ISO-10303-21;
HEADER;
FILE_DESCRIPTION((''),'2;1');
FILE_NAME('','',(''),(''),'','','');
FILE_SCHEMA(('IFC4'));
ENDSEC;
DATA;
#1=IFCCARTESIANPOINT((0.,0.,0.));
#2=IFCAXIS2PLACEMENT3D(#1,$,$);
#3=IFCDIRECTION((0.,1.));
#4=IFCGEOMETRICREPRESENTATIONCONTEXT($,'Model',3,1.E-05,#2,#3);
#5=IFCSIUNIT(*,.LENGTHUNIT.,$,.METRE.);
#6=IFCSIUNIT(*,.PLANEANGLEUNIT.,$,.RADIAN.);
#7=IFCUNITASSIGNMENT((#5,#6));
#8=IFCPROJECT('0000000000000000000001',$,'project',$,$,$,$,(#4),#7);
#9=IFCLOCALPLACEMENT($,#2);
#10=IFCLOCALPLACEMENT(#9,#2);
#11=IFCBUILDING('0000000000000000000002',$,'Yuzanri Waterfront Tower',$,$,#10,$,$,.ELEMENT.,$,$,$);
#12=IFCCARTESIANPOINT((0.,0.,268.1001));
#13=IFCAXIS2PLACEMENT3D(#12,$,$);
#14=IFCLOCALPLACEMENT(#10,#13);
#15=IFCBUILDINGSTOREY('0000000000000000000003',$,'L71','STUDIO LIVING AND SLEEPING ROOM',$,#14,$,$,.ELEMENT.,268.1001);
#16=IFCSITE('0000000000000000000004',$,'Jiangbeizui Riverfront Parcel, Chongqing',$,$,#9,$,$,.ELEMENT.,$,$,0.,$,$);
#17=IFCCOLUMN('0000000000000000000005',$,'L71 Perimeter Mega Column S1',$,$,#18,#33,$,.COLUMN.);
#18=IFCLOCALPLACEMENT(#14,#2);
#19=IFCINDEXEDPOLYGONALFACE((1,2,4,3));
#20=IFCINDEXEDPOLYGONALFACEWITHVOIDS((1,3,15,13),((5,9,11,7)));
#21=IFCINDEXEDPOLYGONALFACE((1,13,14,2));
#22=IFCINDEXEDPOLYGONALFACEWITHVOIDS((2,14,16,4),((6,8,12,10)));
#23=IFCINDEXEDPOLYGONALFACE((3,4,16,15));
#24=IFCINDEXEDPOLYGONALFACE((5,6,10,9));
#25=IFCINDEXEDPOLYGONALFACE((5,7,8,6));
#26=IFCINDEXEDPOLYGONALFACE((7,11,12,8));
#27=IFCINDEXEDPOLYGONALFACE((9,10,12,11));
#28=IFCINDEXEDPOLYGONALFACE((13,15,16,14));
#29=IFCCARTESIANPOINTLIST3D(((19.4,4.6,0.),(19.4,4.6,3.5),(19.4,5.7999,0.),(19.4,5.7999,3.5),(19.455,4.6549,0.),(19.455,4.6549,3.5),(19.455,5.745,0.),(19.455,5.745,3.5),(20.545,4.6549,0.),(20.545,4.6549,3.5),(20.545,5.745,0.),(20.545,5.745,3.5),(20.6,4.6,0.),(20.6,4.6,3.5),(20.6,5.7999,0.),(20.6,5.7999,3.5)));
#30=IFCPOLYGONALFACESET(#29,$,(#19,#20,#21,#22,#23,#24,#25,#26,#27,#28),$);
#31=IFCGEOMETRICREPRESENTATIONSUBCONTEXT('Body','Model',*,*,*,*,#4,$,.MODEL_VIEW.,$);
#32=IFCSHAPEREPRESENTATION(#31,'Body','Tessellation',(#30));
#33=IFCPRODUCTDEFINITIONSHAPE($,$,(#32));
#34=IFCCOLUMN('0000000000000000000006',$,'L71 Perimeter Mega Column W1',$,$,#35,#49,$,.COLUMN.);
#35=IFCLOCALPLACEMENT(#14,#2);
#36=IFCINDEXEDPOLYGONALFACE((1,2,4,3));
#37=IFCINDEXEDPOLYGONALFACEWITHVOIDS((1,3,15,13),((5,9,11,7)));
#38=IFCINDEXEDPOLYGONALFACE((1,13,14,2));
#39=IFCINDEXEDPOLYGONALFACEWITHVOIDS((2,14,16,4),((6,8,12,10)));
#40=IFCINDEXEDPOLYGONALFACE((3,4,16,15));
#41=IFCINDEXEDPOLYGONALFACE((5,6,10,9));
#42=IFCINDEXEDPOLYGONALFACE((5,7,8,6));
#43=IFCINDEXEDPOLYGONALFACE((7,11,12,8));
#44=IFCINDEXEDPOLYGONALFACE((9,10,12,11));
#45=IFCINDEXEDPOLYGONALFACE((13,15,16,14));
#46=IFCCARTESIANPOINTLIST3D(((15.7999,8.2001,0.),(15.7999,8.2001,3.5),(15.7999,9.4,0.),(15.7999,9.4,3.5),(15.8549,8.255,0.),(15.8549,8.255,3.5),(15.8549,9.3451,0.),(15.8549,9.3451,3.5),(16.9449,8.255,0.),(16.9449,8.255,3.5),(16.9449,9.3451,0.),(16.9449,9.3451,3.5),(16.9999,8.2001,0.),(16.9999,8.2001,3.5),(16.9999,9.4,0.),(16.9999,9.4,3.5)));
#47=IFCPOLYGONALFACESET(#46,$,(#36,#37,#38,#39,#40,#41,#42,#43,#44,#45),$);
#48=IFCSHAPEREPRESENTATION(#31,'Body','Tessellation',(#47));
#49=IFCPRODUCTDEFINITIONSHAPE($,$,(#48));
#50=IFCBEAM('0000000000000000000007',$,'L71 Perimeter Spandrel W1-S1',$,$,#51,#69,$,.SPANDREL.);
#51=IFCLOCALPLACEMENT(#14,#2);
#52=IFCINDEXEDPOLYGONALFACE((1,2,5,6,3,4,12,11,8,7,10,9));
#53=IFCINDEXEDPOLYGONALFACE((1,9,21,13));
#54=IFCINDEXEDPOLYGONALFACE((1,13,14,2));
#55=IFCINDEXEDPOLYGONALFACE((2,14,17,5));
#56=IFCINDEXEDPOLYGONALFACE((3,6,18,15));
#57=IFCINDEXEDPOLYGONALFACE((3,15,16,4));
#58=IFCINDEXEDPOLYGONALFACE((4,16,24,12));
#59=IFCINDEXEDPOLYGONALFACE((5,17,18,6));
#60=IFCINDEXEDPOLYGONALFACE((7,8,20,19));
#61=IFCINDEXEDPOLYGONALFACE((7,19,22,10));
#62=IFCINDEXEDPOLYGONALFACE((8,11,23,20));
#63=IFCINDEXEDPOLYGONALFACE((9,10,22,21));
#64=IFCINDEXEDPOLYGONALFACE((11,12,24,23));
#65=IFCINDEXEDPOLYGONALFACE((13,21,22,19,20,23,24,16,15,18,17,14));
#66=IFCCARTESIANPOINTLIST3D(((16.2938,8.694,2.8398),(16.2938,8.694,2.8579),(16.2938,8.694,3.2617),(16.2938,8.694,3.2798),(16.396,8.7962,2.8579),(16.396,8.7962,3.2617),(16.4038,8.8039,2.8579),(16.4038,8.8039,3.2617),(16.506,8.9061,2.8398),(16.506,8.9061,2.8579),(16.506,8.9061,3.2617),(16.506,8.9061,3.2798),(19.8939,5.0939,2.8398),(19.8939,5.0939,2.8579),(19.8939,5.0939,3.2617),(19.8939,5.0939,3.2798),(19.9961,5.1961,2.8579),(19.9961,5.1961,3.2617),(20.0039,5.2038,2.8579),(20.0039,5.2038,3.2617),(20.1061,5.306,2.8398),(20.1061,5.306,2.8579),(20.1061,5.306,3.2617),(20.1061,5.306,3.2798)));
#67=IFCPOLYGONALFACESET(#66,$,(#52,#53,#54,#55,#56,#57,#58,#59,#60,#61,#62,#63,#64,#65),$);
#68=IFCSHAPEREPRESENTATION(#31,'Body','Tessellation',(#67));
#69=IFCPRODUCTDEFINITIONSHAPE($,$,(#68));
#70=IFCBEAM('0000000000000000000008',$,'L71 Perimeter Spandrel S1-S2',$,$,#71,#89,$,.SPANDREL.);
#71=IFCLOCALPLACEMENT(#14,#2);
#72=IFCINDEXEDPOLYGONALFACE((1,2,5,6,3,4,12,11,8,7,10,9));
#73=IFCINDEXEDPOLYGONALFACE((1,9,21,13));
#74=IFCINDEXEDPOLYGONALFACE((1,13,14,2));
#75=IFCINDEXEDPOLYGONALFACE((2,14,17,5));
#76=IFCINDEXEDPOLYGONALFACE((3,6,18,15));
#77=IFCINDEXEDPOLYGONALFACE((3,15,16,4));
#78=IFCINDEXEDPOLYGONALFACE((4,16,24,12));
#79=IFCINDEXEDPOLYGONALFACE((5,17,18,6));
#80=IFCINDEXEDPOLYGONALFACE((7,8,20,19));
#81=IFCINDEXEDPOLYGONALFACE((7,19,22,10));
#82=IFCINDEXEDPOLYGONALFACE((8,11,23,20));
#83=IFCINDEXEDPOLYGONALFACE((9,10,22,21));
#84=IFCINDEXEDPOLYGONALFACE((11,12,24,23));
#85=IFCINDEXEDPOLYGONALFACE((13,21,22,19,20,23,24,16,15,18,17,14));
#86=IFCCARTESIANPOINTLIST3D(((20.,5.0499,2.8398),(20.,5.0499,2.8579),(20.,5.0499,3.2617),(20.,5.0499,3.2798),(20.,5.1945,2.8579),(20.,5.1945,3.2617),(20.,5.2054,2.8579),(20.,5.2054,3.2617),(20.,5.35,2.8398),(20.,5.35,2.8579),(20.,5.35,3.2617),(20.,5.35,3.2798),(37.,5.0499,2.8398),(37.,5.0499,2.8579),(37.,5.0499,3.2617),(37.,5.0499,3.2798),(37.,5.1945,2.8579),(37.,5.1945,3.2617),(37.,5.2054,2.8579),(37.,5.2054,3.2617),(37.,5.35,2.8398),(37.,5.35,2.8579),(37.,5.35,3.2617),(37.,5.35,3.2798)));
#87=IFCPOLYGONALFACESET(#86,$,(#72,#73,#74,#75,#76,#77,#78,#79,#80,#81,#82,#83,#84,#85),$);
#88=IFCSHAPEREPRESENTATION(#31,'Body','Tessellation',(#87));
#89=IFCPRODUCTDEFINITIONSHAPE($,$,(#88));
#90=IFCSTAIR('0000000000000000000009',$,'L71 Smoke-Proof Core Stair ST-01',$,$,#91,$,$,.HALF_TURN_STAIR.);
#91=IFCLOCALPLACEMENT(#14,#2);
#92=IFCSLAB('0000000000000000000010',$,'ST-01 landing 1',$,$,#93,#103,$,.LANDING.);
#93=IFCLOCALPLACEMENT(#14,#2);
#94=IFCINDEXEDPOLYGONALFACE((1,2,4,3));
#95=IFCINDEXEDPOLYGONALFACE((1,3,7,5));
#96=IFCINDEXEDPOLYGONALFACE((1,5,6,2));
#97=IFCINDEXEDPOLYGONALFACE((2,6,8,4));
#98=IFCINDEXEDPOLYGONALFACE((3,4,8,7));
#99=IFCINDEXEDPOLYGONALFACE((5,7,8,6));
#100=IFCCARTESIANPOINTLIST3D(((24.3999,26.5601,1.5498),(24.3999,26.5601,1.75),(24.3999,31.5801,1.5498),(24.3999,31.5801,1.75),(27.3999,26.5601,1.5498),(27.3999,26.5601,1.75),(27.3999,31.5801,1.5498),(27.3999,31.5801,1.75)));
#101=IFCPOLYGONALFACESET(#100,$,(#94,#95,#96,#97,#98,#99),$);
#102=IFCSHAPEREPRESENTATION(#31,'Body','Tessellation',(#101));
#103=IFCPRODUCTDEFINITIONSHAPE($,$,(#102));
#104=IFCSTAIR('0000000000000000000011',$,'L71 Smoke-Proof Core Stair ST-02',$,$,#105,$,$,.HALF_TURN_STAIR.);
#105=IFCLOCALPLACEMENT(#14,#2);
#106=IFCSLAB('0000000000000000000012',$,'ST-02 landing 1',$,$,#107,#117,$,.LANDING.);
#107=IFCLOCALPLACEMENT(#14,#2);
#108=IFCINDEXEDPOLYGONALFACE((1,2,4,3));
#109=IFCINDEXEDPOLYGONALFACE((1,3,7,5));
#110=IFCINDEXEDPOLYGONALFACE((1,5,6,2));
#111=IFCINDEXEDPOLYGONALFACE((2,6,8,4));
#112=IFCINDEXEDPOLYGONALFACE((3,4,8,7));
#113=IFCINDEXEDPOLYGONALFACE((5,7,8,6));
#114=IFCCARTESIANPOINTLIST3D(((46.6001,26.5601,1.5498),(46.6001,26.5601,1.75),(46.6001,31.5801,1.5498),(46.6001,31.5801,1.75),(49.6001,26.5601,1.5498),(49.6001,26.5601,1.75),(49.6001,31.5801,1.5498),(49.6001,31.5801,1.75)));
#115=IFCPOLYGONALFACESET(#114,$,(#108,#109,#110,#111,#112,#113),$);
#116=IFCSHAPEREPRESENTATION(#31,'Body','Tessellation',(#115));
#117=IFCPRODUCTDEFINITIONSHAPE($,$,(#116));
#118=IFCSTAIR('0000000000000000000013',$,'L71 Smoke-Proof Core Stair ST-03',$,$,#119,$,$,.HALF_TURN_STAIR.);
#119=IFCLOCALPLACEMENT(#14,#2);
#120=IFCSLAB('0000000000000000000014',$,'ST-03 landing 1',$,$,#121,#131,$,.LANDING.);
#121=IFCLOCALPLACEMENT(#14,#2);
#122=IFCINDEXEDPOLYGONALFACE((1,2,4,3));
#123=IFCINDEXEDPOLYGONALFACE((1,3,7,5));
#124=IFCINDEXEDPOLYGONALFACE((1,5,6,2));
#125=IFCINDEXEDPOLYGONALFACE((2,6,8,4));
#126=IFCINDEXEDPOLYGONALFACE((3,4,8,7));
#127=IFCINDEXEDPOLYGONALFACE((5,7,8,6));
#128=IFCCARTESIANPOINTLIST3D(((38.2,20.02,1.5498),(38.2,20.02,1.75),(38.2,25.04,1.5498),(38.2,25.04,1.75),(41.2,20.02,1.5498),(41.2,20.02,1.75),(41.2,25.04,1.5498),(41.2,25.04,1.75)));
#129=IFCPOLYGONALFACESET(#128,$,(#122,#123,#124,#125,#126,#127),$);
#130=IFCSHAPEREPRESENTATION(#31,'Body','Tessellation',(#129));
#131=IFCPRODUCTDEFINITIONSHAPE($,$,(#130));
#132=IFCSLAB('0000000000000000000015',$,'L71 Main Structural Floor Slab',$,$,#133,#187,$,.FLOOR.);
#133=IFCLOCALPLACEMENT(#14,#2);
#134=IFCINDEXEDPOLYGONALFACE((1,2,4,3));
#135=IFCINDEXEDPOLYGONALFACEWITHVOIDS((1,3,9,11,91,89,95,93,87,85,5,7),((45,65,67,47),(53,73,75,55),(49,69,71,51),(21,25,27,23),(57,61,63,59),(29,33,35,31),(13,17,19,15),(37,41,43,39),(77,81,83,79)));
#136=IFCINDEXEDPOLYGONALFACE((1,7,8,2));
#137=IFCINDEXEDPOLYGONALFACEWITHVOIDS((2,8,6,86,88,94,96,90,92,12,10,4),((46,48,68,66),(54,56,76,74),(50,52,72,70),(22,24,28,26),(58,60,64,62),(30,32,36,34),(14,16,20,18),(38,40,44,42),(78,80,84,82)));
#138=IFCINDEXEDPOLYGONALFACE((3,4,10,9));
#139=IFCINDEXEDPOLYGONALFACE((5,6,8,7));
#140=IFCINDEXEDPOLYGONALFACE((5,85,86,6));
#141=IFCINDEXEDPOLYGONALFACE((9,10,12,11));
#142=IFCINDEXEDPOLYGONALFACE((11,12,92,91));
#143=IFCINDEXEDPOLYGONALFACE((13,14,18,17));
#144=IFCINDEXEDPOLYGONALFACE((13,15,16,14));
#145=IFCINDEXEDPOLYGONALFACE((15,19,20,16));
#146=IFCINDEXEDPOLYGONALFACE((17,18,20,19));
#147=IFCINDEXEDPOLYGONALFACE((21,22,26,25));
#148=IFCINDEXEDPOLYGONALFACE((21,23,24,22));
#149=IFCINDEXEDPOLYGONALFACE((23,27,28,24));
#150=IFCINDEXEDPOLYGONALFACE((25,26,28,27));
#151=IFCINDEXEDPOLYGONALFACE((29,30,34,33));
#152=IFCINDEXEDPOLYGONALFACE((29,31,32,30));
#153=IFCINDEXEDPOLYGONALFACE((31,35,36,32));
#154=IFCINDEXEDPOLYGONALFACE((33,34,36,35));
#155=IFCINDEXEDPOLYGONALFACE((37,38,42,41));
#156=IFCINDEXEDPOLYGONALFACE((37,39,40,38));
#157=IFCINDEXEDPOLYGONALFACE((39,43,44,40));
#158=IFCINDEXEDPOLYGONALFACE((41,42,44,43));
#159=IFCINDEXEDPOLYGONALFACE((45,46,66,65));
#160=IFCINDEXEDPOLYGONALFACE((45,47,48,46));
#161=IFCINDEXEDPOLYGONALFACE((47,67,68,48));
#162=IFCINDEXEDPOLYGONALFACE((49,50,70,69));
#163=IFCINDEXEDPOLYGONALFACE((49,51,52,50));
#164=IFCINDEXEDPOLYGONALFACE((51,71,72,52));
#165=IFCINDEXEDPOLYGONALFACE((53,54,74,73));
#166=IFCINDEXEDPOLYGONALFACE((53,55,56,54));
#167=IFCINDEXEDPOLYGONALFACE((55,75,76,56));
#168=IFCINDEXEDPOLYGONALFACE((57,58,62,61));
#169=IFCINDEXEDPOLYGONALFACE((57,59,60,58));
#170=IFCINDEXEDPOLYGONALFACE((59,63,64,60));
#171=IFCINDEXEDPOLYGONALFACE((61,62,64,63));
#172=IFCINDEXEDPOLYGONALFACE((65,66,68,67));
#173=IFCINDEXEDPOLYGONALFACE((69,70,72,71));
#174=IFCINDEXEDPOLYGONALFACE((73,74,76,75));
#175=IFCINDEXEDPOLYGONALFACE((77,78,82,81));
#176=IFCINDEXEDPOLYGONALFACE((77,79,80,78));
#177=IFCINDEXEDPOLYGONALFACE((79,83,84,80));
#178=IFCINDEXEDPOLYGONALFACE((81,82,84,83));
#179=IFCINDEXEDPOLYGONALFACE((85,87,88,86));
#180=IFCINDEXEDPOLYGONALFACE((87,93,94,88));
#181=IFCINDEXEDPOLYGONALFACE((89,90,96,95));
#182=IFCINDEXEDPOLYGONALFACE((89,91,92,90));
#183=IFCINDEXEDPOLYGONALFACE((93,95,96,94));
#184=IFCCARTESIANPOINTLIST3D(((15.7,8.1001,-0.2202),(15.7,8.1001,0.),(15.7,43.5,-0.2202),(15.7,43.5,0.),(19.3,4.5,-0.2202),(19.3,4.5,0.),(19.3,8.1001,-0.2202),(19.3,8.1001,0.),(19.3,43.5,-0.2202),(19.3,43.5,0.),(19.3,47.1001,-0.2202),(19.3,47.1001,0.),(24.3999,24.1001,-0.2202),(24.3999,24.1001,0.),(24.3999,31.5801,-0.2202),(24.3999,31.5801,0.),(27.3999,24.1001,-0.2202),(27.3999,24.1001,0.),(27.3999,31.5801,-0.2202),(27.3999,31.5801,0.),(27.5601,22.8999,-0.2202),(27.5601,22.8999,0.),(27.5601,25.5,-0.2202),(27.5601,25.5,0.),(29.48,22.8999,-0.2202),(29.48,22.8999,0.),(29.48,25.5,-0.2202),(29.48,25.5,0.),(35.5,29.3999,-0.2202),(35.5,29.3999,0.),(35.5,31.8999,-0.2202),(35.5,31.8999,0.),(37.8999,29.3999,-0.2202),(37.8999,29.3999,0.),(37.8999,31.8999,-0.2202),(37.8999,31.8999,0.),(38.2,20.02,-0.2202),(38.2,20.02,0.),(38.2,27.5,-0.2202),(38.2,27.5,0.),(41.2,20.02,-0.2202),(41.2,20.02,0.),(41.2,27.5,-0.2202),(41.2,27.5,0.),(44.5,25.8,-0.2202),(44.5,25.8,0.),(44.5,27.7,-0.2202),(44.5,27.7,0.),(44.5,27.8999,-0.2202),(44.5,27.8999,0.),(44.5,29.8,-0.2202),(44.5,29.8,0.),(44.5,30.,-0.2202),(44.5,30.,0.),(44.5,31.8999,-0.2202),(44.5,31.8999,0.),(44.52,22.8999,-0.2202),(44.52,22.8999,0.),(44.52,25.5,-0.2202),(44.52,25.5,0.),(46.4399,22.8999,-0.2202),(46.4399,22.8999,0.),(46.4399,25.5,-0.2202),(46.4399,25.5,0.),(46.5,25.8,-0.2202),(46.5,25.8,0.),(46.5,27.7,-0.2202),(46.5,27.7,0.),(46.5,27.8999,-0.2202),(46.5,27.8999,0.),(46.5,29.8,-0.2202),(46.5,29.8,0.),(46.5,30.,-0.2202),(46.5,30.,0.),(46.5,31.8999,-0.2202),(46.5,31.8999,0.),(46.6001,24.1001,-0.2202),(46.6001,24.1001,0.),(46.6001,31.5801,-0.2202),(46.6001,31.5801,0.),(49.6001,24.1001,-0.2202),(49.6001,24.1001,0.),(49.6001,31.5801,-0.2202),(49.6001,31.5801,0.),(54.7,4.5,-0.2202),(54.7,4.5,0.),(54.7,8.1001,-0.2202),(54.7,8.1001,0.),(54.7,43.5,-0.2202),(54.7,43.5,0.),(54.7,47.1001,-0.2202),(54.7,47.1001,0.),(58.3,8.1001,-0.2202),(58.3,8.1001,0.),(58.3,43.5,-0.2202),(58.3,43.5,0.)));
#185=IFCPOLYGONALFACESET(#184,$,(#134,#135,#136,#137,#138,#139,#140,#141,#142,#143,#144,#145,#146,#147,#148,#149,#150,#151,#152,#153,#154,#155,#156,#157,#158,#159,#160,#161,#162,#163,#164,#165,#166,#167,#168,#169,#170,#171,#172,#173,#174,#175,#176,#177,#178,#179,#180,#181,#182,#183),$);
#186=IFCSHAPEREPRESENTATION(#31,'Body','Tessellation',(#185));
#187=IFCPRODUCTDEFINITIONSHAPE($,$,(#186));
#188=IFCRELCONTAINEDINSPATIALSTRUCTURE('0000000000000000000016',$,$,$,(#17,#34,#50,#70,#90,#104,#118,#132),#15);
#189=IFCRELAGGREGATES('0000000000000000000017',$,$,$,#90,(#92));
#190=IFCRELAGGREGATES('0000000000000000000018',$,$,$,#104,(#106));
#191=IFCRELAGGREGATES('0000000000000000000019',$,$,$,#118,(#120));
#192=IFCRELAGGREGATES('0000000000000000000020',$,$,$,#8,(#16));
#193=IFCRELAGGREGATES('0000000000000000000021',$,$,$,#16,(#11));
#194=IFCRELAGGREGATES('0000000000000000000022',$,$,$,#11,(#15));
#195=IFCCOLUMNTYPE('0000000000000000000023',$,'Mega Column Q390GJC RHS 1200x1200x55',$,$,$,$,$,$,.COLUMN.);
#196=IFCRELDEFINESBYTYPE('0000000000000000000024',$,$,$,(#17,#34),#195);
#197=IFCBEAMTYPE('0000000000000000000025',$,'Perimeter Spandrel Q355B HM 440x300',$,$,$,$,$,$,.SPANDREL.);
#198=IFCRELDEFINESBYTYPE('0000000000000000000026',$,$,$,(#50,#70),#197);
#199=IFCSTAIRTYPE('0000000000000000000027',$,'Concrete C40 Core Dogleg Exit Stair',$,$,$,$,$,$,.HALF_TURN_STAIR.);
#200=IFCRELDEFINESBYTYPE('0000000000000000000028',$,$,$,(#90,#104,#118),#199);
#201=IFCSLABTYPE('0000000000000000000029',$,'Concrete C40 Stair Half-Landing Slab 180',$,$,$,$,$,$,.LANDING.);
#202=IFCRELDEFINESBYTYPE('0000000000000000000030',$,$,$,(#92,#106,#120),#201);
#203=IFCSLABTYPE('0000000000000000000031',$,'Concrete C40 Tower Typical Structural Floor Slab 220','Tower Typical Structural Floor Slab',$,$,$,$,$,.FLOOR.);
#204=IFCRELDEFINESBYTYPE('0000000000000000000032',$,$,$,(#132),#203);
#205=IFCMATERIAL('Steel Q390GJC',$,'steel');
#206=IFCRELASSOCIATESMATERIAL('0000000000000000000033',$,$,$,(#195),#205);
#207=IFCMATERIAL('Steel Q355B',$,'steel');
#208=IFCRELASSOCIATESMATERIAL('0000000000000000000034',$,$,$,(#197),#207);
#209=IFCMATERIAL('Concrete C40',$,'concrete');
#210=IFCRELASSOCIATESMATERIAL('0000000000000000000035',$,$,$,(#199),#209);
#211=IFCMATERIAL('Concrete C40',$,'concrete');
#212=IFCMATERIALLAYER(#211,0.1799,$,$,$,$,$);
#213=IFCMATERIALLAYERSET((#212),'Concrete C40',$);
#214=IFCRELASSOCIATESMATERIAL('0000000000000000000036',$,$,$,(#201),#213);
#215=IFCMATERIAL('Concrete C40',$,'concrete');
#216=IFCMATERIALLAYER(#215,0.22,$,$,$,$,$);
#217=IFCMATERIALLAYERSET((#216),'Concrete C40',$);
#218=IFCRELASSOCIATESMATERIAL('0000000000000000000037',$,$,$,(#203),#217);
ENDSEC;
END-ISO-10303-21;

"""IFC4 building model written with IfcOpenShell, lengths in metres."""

from ifc_helpers import new_model, si_unit, direction, frame, origin, origin_2d, place, context, subcontext, project, spatial, polyline, hollow_rectangle, i_section, outline, extrude, source, transform, mapped, material, layer, layer_set, material_profile, profile_set, type_object, element, aggregate, save


model = new_model("IFC4")

# Units and contexts
model_context = context("Model", 3, precision=1e-05, world=origin(), true_north=direction((0.0, 1.0)))
body_context = subcontext(model_context, "Body", "Model", "MODEL_VIEW")
ifc_project = project(units=[si_unit("LENGTHUNIT", "METRE"), si_unit("PLANEANGLEUNIT", "RADIAN")], contexts=[model_context])

# Site, building, storey
site_placement = place(None, origin())
site = spatial("IfcSite", under=ifc_project, at=site_placement, Name="Jiangbeizui Riverfront Parcel, Chongqing", CompositionType="ELEMENT", RefElevation=0.0)
building_placement = place(site_placement, origin())
building = spatial("IfcBuilding", under=site, at=building_placement, Name="Yuzanri Waterfront Tower", CompositionType="ELEMENT")
storey_placement = place(building_placement, frame((0.0, 0.0, 268.1001)))
storey = spatial("IfcBuildingStorey", under=building, at=storey_placement, Name="L71", Description="STUDIO LIVING AND SLEEPING ROOM", CompositionType="ELEMENT", Elevation=268.1001)

# Columns
ifc_material_1 = material(Name="Steel Q390GJC", Category="steel")
ifc_material_profile_1 = material_profile(ifc_material_1, hollow_rectangle(XDim=1.2, YDim=1.2, WallThickness=0.0549, at=origin_2d()), Name="RHS 1200x1200x55")
ifc_profile_set_1 = profile_set([ifc_material_profile_1], Name="Steel Q390GJC")
column_type = type_object("IfcColumnType", Name="Mega Column Q390GJC RHS 1200x1200x55", PredefinedType="COLUMN", material=ifc_profile_set_1)
shared_shape_1 = source(origin(), body_context, "Body", "SweptSolid", [
    extrude(hollow_rectangle(XDim=1.2, YDim=1.2, WallThickness=0.0549, at=origin_2d()), origin(), (0.0, 0.0, 1.0), 3.5),
])
for number, where, z_axis, x_axis, name in (
    (1, (20.0, 5.2, 0.0), (0.0, 0.0, 1.0), (1.0, 0.0, 0.0), "L71 Perimeter Mega Column S1"),
    (2, (16.3999, 8.8, 0.0), (0.0, 0.0, 1.0), (1.0, 0.0, 0.0), "L71 Perimeter Mega Column W1"),
):
    element("IfcColumn", number, at=place(storey_placement, frame(where, z_axis=z_axis, x_axis=x_axis)), inside=storey, type_object=column_type, Name=name, PredefinedType="COLUMN", context=body_context, shape_type="MappedRepresentation", body=[
        mapped(shared_shape_1, transform((0.0, 0.0, 0.0), scale=1.0)),
    ])

# Beams
ifc_material_2 = material(Name="Steel Q355B", Category="steel")
ifc_material_profile_2 = material_profile(ifc_material_2, i_section(OverallWidth=0.3, OverallDepth=0.4399, WebThickness=0.011, FlangeThickness=0.0181, at=origin_2d()), Name="HM 440x300x11x18")
ifc_profile_set_2 = profile_set([ifc_material_profile_2], Name="Steel Q355B")
beam_type = type_object("IfcBeamType", Name="Perimeter Spandrel Q355B HM 440x300", PredefinedType="SPANDREL", material=ifc_profile_set_2)
shared_shape_2 = source(origin(), body_context, "Body", "SweptSolid", [
    extrude(i_section(OverallWidth=0.3, OverallDepth=0.4399, WebThickness=0.011, FlangeThickness=0.0181, at=origin_2d()), origin(), (0.0, 0.0, 1.0), 5.0913),
])
beam_1_placement = place(storey_placement, frame((16.3999, 8.8, 3.0598), z_axis=(0.707107, -0.707107, 0.0), x_axis=(0.707107, 0.707107, 0.0)))
element("IfcBeam", 3, at=beam_1_placement, inside=storey, type_object=beam_type, Name="L71 Perimeter Spandrel W1-S1", PredefinedType="SPANDREL", context=body_context, shape_type="MappedRepresentation", body=[
    mapped(shared_shape_2, transform((0.0, 0.0, 0.0), scale=1.0)),
])
shared_shape_3 = source(origin(), body_context, "Body", "SweptSolid", [
    extrude(i_section(OverallWidth=0.3, OverallDepth=0.4399, WebThickness=0.011, FlangeThickness=0.0181, at=origin_2d()), origin(), (0.0, 0.0, 1.0), 17.0),
])
beam_2_placement = place(storey_placement, frame((20.0, 5.2, 3.0598), z_axis=(1.0, 0.0, 0.0), x_axis=(0.0, 1.0, 0.0)))
element("IfcBeam", 4, at=beam_2_placement, inside=storey, type_object=beam_type, Name="L71 Perimeter Spandrel S1-S2", PredefinedType="SPANDREL", context=body_context, shape_type="MappedRepresentation", body=[
    mapped(shared_shape_3, transform((0.0, 0.0, 0.0), scale=1.0)),
])

# Stairs, slabs
ifc_material_3 = material(Name="Concrete C40", Category="concrete")
stair_type = type_object("IfcStairType", Name="Concrete C40 Core Dogleg Exit Stair", PredefinedType="HALF_TURN_STAIR", material=ifc_material_3)
stair_1_placement = place(storey_placement, origin())
stair_1 = element("IfcStair", 5, at=stair_1_placement, inside=storey, type_object=stair_type, Name="L71 Smoke-Proof Core Stair ST-01", PredefinedType="HALF_TURN_STAIR")
ifc_material_4 = material(Name="Concrete C40", Category="concrete")
ifc_layer_1 = layer(ifc_material_4, 0.1799)
ifc_layer_set_1 = layer_set([ifc_layer_1], Name="Concrete C40")
slab_type_1 = type_object("IfcSlabType", Name="Concrete C40 Stair Half-Landing Slab 180", PredefinedType="LANDING", material=ifc_layer_set_1)
slab_1_placement = place(storey_placement, frame((0.0, 0.0, 1.5498)))
slab_1 = element("IfcSlab", 6, at=slab_1_placement, type_object=slab_type_1, Name="ST-01 landing 1", PredefinedType="LANDING", context=body_context, shape_type="SweptSolid", body=[
    extrude(outline(polyline([(27.3999, 26.5601), (27.3999, 31.5801), (24.3999, 31.5801), (24.3999, 26.5601), (27.3999, 26.5601)])), origin(), (0.0, 0.0, 1.0), 0.2002),
])
aggregate(stair_1, [slab_1])
stair_2_placement = place(storey_placement, origin())
stair_2 = element("IfcStair", 7, at=stair_2_placement, inside=storey, type_object=stair_type, Name="L71 Smoke-Proof Core Stair ST-02", PredefinedType="HALF_TURN_STAIR")
slab_2_placement = place(storey_placement, frame((0.0, 0.0, 1.5498)))
slab_2 = element("IfcSlab", 8, at=slab_2_placement, type_object=slab_type_1, Name="ST-02 landing 1", PredefinedType="LANDING", context=body_context, shape_type="SweptSolid", body=[
    extrude(outline(polyline([(49.6001, 26.5601), (49.6001, 31.5801), (46.6001, 31.5801), (46.6001, 26.5601), (49.6001, 26.5601)])), origin(), (0.0, 0.0, 1.0), 0.2002),
])
aggregate(stair_2, [slab_2])
stair_3_placement = place(storey_placement, origin())
stair_3 = element("IfcStair", 9, at=stair_3_placement, inside=storey, type_object=stair_type, Name="L71 Smoke-Proof Core Stair ST-03", PredefinedType="HALF_TURN_STAIR")
slab_3_placement = place(storey_placement, frame((0.0, 0.0, 1.5498)))
slab_3 = element("IfcSlab", 10, at=slab_3_placement, type_object=slab_type_1, Name="ST-03 landing 1", PredefinedType="LANDING", context=body_context, shape_type="SweptSolid", body=[
    extrude(outline(polyline([(38.2, 25.04), (38.2, 20.02), (41.2, 20.02), (41.2, 25.04), (38.2, 25.04)])), origin(), (0.0, 0.0, 1.0), 0.2002),
])
aggregate(stair_3, [slab_3])

# Slab
ifc_material_5 = material(Name="Concrete C40", Category="concrete")
ifc_layer_2 = layer(ifc_material_5, 0.22)
ifc_layer_set_2 = layer_set([ifc_layer_2], Name="Concrete C40")
slab_type_2 = type_object("IfcSlabType", Name="Concrete C40 Tower Typical Structural Floor Slab 220", Description="Tower Typical Structural Floor Slab", PredefinedType="FLOOR", material=ifc_layer_set_2)
slab_4_placement = place(storey_placement, frame((0.0, 0.0, -0.2202)))
element("IfcSlab", 11, at=slab_4_placement, inside=storey, type_object=slab_type_2, Name="L71 Main Structural Floor Slab", PredefinedType="FLOOR", context=body_context, shape_type="SweptSolid", body=[
    extrude(outline(polyline([(19.3, 4.5), (54.7, 4.5), (54.7, 8.1001), (58.3, 8.1001), (58.3, 43.5), (54.7, 43.5), (54.7, 47.1001), (19.3, 47.1001), (19.3, 43.5), (15.7, 43.5), (15.7, 8.1001), (19.3, 8.1001), (19.3, 4.5)]), holes=[polyline([(27.3999, 24.1001), (27.3999, 31.5801), (24.3999, 31.5801), (24.3999, 24.1001), (27.3999, 24.1001)]), polyline([(49.6001, 24.1001), (49.6001, 31.5801), (46.6001, 31.5801), (46.6001, 24.1001), (49.6001, 24.1001)]), polyline([(38.2, 27.5), (38.2, 20.02), (41.2, 20.02), (41.2, 27.5), (38.2, 27.5)]), polyline([(27.5601, 22.8999), (29.48, 22.8999), (29.48, 25.5), (27.5601, 25.5), (27.5601, 22.8999)]), polyline([(44.52, 22.8999), (46.4399, 22.8999), (46.4399, 25.5), (44.52, 25.5), (44.52, 22.8999)]), polyline([(35.5, 29.3999), (37.8999, 29.3999), (37.8999, 31.8999), (35.5, 31.8999), (35.5, 29.3999)]), polyline([(44.5, 25.8), (46.5, 25.8), (46.5, 27.7), (44.5, 27.7), (44.5, 25.8)]), polyline([(44.5, 27.8999), (46.5, 27.8999), (46.5, 29.8), (44.5, 29.8), (44.5, 27.8999)]), polyline([(44.5, 30.0), (46.5, 30.0), (46.5, 31.8999), (44.5, 31.8999), (44.5, 30.0)])]), origin(), (0.0, 0.0, 1.0), 0.2202),
])

save(model, "model.ifc")
